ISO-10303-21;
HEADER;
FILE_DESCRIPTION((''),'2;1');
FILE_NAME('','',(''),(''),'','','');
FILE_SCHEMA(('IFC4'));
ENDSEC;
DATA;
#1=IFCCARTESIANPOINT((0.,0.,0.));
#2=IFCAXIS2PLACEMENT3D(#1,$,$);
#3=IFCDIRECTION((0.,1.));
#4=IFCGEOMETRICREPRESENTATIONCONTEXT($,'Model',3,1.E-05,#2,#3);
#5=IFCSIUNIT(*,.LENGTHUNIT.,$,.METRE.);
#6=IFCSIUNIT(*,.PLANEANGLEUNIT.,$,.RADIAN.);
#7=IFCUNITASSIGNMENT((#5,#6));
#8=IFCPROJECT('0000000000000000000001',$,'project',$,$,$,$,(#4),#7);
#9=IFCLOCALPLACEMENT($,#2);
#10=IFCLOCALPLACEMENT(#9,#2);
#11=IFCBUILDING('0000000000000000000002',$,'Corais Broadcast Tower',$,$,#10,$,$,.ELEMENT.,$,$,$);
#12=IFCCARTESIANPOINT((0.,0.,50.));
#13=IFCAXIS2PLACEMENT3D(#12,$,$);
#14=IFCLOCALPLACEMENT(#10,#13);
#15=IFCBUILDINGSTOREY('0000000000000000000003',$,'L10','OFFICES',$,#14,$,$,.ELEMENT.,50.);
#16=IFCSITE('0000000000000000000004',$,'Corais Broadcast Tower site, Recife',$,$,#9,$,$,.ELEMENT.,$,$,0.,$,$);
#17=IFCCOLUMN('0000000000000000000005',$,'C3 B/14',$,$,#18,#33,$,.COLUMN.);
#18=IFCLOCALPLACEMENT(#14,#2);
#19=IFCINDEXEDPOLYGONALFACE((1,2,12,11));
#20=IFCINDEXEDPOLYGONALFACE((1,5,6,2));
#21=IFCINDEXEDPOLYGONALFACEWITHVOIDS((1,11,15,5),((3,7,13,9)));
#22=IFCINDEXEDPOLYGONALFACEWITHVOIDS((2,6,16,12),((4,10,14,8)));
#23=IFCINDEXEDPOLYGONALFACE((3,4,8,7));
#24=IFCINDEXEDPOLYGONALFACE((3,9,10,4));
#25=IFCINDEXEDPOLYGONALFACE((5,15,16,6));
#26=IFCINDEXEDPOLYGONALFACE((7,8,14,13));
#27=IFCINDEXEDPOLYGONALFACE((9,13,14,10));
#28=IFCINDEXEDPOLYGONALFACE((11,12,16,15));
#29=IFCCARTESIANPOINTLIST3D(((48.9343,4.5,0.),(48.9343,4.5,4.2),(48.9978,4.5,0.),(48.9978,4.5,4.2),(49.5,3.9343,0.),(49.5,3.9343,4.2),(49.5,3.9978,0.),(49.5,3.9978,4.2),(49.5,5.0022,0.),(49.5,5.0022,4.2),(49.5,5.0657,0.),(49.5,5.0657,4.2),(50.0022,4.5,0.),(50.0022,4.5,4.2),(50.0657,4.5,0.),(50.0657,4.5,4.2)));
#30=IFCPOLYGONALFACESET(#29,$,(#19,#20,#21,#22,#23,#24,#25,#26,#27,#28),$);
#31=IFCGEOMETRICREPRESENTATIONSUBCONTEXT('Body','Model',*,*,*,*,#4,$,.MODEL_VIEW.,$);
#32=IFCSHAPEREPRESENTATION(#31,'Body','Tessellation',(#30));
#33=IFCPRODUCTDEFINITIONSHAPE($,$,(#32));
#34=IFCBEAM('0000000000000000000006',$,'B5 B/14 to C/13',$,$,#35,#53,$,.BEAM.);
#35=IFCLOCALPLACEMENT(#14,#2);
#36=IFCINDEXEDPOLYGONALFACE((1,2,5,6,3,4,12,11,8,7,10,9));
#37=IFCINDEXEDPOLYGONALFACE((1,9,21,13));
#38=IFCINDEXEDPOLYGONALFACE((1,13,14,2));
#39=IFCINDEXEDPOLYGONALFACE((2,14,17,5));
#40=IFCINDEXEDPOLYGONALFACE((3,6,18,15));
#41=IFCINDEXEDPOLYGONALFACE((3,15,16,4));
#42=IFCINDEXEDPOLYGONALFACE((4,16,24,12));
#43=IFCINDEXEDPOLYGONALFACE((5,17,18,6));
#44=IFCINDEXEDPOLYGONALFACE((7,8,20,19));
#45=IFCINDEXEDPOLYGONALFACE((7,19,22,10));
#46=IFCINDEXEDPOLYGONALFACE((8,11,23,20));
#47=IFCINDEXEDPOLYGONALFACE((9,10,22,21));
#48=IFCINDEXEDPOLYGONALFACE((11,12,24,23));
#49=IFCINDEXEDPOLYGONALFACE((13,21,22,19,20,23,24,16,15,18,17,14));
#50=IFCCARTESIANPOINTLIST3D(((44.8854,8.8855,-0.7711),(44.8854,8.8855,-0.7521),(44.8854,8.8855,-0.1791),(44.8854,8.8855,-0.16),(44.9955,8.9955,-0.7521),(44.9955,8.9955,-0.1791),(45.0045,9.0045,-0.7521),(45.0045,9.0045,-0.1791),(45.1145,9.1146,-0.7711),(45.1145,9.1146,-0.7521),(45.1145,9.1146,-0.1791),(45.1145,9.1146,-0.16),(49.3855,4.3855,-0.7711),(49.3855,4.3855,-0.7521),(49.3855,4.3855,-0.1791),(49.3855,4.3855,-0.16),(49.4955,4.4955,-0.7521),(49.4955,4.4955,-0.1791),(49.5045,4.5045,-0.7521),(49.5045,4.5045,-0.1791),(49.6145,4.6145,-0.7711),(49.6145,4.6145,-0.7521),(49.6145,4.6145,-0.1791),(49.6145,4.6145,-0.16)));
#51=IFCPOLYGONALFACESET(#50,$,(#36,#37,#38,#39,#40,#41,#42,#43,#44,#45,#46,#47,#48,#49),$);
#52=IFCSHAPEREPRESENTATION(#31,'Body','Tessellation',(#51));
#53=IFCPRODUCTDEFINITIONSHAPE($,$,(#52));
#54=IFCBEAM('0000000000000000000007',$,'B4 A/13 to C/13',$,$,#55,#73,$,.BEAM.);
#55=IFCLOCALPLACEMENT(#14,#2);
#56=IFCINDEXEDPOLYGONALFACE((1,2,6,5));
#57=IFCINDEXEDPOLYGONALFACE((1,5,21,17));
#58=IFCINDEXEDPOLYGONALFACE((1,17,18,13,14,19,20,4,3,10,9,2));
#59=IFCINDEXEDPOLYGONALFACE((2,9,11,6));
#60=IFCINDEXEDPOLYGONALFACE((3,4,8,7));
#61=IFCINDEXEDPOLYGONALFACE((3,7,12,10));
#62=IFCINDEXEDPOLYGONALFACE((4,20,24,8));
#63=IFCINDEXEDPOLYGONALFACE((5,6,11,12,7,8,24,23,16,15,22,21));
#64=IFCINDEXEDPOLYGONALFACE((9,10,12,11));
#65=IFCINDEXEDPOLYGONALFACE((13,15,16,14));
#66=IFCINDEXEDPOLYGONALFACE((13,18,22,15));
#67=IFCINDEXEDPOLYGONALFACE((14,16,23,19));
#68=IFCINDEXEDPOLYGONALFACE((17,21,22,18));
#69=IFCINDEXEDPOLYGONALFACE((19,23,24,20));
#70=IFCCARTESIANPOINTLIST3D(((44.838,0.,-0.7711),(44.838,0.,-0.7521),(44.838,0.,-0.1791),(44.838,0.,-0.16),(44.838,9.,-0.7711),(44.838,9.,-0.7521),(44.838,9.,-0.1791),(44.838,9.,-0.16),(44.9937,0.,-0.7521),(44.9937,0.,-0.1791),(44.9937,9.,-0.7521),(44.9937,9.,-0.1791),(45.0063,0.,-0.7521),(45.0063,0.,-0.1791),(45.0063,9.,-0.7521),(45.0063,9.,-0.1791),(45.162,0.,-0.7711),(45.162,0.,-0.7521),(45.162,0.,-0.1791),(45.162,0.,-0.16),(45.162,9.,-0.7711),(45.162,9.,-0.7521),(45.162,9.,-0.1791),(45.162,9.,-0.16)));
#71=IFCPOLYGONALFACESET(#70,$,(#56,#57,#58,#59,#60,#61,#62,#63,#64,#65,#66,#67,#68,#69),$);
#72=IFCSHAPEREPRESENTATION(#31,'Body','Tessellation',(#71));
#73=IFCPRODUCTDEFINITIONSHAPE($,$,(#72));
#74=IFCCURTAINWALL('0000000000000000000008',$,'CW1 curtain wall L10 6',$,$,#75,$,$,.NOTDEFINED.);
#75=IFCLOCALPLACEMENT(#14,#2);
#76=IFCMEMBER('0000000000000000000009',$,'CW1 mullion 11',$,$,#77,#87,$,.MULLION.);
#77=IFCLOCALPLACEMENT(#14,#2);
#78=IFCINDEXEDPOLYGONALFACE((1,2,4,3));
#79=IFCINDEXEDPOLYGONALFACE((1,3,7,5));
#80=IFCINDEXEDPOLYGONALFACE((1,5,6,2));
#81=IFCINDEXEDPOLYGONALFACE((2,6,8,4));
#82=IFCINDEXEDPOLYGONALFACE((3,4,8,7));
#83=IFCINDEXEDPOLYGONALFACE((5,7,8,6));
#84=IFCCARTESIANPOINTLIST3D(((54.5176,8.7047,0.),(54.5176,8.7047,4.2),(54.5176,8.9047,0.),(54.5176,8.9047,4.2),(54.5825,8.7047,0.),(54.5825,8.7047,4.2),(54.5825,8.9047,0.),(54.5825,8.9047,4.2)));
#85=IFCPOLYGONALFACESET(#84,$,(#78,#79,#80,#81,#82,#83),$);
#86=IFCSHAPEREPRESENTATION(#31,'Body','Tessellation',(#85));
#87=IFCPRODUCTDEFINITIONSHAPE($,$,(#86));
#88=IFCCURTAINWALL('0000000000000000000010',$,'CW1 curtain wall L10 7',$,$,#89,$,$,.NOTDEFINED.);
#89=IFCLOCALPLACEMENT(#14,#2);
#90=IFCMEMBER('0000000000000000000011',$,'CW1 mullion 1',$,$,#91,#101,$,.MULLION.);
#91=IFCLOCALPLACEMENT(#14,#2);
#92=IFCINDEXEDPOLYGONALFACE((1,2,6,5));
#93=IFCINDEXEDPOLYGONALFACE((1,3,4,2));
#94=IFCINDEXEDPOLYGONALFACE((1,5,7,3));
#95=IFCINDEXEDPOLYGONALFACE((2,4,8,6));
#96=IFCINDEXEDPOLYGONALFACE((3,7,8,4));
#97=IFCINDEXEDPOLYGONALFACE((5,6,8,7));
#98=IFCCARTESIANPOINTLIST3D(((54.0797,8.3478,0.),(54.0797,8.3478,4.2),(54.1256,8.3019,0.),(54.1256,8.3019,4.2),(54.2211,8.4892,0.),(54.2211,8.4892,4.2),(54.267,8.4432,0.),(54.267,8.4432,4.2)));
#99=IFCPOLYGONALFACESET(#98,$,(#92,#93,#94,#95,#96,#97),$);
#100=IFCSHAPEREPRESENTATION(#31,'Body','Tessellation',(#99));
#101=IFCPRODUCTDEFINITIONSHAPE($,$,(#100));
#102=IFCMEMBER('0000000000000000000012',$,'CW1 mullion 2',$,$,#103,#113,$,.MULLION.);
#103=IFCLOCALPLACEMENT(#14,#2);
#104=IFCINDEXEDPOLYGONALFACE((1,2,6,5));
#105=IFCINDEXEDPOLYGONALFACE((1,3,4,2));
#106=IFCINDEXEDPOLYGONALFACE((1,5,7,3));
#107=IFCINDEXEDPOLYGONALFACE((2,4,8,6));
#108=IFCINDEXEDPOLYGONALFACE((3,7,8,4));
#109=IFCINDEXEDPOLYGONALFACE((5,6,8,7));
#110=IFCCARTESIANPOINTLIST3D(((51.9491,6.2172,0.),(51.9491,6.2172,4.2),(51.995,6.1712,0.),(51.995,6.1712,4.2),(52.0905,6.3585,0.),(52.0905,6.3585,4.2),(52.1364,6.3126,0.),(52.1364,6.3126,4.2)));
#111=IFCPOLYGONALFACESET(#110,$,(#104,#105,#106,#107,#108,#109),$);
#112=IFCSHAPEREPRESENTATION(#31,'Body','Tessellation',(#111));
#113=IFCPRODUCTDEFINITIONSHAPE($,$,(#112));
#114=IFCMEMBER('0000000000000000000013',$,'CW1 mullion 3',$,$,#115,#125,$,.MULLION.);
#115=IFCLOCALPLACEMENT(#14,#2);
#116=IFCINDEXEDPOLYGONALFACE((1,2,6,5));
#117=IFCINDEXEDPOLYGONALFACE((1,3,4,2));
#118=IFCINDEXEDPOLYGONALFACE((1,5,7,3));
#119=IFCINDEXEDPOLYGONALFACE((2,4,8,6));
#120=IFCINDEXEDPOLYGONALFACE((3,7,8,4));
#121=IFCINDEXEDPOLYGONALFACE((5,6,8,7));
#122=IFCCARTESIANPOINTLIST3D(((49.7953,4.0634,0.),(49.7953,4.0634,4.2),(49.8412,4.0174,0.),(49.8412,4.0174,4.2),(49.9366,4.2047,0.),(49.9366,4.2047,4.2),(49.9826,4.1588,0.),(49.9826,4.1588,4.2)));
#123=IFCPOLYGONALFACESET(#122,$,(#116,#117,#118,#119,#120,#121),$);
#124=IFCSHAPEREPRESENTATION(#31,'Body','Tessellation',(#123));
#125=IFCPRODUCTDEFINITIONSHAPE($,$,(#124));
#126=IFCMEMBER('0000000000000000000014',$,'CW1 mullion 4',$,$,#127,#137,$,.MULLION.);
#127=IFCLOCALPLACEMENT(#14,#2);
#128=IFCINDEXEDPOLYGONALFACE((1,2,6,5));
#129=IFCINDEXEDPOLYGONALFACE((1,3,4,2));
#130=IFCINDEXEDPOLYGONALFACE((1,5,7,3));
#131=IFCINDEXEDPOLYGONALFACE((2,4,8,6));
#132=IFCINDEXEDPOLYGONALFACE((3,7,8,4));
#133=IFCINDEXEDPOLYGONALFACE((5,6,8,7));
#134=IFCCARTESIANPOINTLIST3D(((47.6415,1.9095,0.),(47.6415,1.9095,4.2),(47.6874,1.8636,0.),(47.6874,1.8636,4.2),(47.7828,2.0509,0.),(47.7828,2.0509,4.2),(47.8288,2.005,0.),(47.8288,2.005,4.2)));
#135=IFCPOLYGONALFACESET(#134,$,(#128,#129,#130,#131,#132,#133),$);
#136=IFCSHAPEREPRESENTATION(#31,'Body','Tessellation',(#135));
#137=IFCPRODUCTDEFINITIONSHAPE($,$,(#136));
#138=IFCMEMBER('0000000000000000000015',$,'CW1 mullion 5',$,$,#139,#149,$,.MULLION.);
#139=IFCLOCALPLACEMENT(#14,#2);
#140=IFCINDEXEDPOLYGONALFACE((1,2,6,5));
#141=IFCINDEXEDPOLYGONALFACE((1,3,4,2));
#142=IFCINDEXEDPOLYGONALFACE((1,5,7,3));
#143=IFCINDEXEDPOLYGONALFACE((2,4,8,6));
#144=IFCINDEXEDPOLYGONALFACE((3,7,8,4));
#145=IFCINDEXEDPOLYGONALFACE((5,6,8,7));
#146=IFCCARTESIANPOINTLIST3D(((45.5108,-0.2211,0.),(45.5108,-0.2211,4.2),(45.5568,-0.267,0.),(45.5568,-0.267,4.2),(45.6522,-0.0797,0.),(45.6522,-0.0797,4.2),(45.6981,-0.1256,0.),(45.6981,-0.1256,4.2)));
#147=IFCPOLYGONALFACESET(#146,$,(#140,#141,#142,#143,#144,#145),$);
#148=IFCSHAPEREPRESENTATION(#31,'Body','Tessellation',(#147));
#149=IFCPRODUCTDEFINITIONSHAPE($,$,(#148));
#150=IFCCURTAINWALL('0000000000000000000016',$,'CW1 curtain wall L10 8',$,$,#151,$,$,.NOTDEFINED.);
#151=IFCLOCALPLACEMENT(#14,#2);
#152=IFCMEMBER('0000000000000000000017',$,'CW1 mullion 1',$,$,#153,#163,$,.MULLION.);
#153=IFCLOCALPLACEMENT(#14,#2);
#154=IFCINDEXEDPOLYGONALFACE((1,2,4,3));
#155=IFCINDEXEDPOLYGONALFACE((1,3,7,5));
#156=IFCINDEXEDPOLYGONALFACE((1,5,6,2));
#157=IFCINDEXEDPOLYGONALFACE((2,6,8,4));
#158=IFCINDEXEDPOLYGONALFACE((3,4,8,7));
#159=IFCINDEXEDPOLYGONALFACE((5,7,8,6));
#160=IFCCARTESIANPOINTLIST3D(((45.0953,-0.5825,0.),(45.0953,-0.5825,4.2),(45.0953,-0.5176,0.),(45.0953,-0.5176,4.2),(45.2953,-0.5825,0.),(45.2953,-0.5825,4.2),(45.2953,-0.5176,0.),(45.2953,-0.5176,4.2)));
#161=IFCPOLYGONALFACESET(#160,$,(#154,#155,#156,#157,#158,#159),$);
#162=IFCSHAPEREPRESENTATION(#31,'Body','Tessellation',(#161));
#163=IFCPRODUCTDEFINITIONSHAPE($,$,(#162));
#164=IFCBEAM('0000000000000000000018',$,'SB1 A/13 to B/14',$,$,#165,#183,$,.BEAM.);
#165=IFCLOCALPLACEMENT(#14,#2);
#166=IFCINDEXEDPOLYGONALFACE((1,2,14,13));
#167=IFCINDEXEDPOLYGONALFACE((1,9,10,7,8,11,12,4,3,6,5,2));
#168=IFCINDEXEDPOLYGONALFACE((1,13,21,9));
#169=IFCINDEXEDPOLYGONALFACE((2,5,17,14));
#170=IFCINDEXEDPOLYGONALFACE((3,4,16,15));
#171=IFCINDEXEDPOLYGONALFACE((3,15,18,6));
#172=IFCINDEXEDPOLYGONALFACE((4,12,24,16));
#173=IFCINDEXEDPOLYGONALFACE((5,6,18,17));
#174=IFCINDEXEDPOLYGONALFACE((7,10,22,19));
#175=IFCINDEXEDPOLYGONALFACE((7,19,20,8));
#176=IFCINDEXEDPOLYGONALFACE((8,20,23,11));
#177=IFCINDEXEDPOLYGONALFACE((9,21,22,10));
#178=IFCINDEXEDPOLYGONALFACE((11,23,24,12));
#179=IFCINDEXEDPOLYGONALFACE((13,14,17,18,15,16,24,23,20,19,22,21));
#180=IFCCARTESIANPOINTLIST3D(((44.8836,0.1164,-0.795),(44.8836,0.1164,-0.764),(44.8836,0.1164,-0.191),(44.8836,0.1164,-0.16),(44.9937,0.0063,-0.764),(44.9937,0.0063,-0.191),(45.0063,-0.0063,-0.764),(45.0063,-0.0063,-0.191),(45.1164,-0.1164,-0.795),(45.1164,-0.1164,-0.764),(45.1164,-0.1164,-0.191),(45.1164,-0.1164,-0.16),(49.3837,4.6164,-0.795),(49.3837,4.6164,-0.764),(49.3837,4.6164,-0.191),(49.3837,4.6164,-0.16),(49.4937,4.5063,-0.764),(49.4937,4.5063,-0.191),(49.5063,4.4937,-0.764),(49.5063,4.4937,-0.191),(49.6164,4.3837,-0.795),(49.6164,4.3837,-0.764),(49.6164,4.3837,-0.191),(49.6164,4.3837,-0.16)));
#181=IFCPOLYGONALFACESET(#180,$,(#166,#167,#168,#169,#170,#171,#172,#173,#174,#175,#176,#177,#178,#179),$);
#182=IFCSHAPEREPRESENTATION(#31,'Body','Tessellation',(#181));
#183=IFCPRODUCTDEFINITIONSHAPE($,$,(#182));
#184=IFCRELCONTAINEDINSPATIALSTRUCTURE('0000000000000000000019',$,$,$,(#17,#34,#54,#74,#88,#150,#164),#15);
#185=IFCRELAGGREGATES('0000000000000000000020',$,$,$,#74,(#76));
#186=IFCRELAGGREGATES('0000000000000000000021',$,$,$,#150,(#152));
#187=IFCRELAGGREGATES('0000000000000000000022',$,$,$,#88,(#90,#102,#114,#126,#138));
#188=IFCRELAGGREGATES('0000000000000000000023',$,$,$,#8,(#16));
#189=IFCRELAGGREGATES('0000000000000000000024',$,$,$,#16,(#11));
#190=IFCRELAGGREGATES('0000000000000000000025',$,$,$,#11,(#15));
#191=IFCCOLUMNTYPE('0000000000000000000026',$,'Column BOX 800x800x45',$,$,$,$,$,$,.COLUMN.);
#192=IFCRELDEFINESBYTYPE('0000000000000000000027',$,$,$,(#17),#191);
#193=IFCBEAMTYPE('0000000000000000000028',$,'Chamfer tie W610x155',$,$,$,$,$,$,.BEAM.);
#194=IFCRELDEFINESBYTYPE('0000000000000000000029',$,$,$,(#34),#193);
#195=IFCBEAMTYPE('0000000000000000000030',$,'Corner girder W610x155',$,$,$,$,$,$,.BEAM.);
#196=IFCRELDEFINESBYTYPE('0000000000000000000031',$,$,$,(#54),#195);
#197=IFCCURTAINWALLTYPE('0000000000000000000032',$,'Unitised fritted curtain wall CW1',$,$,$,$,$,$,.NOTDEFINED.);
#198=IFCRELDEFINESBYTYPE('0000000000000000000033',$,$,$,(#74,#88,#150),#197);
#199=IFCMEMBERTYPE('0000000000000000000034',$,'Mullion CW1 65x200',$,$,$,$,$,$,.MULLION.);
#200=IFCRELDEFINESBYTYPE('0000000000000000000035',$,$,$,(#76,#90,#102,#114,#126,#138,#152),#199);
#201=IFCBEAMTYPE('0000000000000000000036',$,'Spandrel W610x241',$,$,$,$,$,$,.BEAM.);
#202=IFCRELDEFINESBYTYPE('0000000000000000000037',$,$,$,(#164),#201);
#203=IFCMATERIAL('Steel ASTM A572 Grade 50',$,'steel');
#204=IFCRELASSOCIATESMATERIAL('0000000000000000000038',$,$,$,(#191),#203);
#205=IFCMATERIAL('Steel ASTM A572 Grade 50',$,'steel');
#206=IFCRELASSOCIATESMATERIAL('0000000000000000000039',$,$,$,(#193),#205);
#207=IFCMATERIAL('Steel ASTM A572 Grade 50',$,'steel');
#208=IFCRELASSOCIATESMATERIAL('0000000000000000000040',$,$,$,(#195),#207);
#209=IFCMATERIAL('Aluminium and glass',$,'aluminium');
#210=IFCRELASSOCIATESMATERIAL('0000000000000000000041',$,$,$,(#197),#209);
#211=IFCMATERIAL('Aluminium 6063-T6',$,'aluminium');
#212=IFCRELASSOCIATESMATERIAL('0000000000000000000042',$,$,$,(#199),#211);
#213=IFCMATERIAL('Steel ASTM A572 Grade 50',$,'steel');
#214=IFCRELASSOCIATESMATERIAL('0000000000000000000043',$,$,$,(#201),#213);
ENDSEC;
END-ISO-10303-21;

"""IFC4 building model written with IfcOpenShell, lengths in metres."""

from ifc_helpers import new_model, si_unit, direction, frame, origin, origin_2d, place, context, subcontext, project, spatial, rectangle, hollow_rectangle, i_section, extrude, material, material_profile, profile_set, type_object, element, aggregate, save


model = new_model("IFC4")

# Units and contexts
model_context = context("Model", 3, precision=1e-05, world=origin(), true_north=direction((0.0, 1.0)))
body_context = subcontext(model_context, "Body", "Model", "MODEL_VIEW")
ifc_project = project(units=[si_unit("LENGTHUNIT", "METRE"), si_unit("PLANEANGLEUNIT", "RADIAN")], contexts=[model_context])

# Site, building, storey
site_placement = place(None, origin())
site = spatial("IfcSite", under=ifc_project, at=site_placement, Name="Corais Broadcast Tower site, Recife", CompositionType="ELEMENT", RefElevation=0.0)
building_placement = place(site_placement, origin())
building = spatial("IfcBuilding", under=site, at=building_placement, Name="Corais Broadcast Tower", CompositionType="ELEMENT")
storey_placement = place(building_placement, frame((0.0, 0.0, 50.0)))
storey = spatial("IfcBuildingStorey", under=building, at=storey_placement, Name="L10", Description="OFFICES", CompositionType="ELEMENT", Elevation=50.0)

# Column
ifc_material_1 = material(Name="Steel ASTM A572 Grade 50", Category="steel")
ifc_material_profile_1 = material_profile(ifc_material_1, hollow_rectangle(XDim=0.8, YDim=0.8, WallThickness=0.0449, at=origin_2d()), Name="BOX 800x800x45")
ifc_profile_set_1 = profile_set([ifc_material_profile_1], Name="Steel ASTM A572 Grade 50")
column_type = type_object("IfcColumnType", Name="Column BOX 800x800x45", PredefinedType="COLUMN", material=ifc_profile_set_1)
column_placement = place(storey_placement, frame((49.5, 4.5, 0.0), z_axis=(0.0, 0.0, 1.0), x_axis=(0.707107, 0.707107, 0.0)))
element("IfcColumn", 1, at=column_placement, inside=storey, type_object=column_type, Name="C3 B/14", PredefinedType="COLUMN", context=body_context, shape_type="SweptSolid", body=[
    extrude(hollow_rectangle(XDim=0.8, YDim=0.8, WallThickness=0.0449, at=origin_2d()), origin(), (0.0, 0.0, 1.0), 4.2),
])

# Beams
ifc_material_2 = material(Name="Steel ASTM A572 Grade 50", Category="steel")
ifc_material_profile_2 = material_profile(ifc_material_2, i_section(OverallWidth=0.324, OverallDepth=0.6111, WebThickness=0.0127, FlangeThickness=0.019, at=origin_2d()), Name="W610x155")
ifc_profile_set_2 = profile_set([ifc_material_profile_2], Name="Steel ASTM A572 Grade 50")
beam_type_1 = type_object("IfcBeamType", Name="Chamfer tie W610x155", PredefinedType="BEAM", material=ifc_profile_set_2)
beam_1_placement = place(storey_placement, frame((49.5, 4.5, -0.4656), z_axis=(-0.707107, 0.707107, 0.0), x_axis=(-0.707107, -0.707107, 0.0)))
element("IfcBeam", 2, at=beam_1_placement, inside=storey, type_object=beam_type_1, Name="B5 B/14 to C/13", PredefinedType="BEAM", context=body_context, shape_type="SweptSolid", body=[
    extrude(i_section(OverallWidth=0.324, OverallDepth=0.6111, WebThickness=0.0127, FlangeThickness=0.019, at=origin_2d()), origin(), (0.0, 0.0, 1.0), 6.364),
])
ifc_material_3 = material(Name="Steel ASTM A572 Grade 50", Category="steel")
ifc_material_profile_3 = material_profile(ifc_material_3, i_section(OverallWidth=0.324, OverallDepth=0.6111, WebThickness=0.0127, FlangeThickness=0.019, at=origin_2d()), Name="W610x155")
ifc_profile_set_3 = profile_set([ifc_material_profile_3], Name="Steel ASTM A572 Grade 50")
beam_type_2 = type_object("IfcBeamType", Name="Corner girder W610x155", PredefinedType="BEAM", material=ifc_profile_set_3)
beam_2_placement = place(storey_placement, frame((45.0, 0.0, -0.4656), z_axis=(0.0, 1.0, 0.0), x_axis=(-1.0, 0.0, 0.0)))
element("IfcBeam", 3, at=beam_2_placement, inside=storey, type_object=beam_type_2, Name="B4 A/13 to C/13", PredefinedType="BEAM", context=body_context, shape_type="SweptSolid", body=[
    extrude(i_section(OverallWidth=0.324, OverallDepth=0.6111, WebThickness=0.0127, FlangeThickness=0.019, at=origin_2d()), origin(), (0.0, 0.0, 1.0), 9.0),
])

# Curtain wall, member
ifc_material_4 = material(Name="Aluminium and glass", Category="aluminium")
curtain_wall_type = type_object("IfcCurtainWallType", Name="Unitised fritted curtain wall CW1", PredefinedType="NOTDEFINED", material=ifc_material_4)
curtain_wall_1_placement = place(storey_placement, origin())
curtain_wall_1 = element("IfcCurtainWall", 4, at=curtain_wall_1_placement, inside=storey, type_object=curtain_wall_type, Name="CW1 curtain wall L10 6", PredefinedType="NOTDEFINED")
ifc_material_5 = material(Name="Aluminium 6063-T6", Category="aluminium")
ifc_material_profile_4 = material_profile(ifc_material_5, rectangle(XDim=0.0649, YDim=0.2, at=origin_2d()), Name="Mullion CW1 65x200")
ifc_profile_set_4 = profile_set([ifc_material_profile_4], Name="Aluminium 6063-T6")
member_type_1 = type_object("IfcMemberType", Name="Mullion CW1 65x200", PredefinedType="MULLION", material=ifc_profile_set_4)
member_1_placement = place(storey_placement, frame((54.55, 8.8047, 0.0), z_axis=(0.0, 0.0, 1.0), x_axis=(1.0, 0.0, 0.0)))
member_1 = element("IfcMember", 5, at=member_1_placement, type_object=member_type_1, Name="CW1 mullion 11", PredefinedType="MULLION", context=body_context, shape_type="SweptSolid", body=[
    extrude(rectangle(XDim=0.0649, YDim=0.2, at=origin_2d()), origin(), (0.0, 0.0, 1.0), 4.2),
])
aggregate(curtain_wall_1, [member_1])

# Curtain wall, members
curtain_wall_2_placement = place(storey_placement, origin())
curtain_wall_2 = element("IfcCurtainWall", 6, at=curtain_wall_2_placement, inside=storey, type_object=curtain_wall_type, Name="CW1 curtain wall L10 7", PredefinedType="NOTDEFINED")
member_2_placement = place(storey_placement, frame((54.1733, 8.3955, 0.0), z_axis=(0.0, 0.0, 1.0), x_axis=(0.707107, -0.707107, 0.0)))
member_2 = element("IfcMember", 7, at=member_2_placement, type_object=member_type_1, Name="CW1 mullion 1", PredefinedType="MULLION", context=body_context, shape_type="SweptSolid", body=[
    extrude(rectangle(XDim=0.0649, YDim=0.2, at=origin_2d()), origin(), (0.0, 0.0, 1.0), 4.2),
])
member_3_placement = place(storey_placement, frame((52.0427, 6.2649, 0.0), z_axis=(0.0, 0.0, 1.0), x_axis=(0.707107, -0.707107, 0.0)))
member_3 = element("IfcMember", 8, at=member_3_placement, type_object=member_type_1, Name="CW1 mullion 2", PredefinedType="MULLION", context=body_context, shape_type="SweptSolid", body=[
    extrude(rectangle(XDim=0.0649, YDim=0.2, at=origin_2d()), origin(), (0.0, 0.0, 1.0), 4.2),
])
member_4_placement = place(storey_placement, frame((49.8889, 4.1111, 0.0), z_axis=(0.0, 0.0, 1.0), x_axis=(0.707107, -0.707107, 0.0)))
member_4 = element("IfcMember", 9, at=member_4_placement, type_object=member_type_1, Name="CW1 mullion 3", PredefinedType="MULLION", context=body_context, shape_type="SweptSolid", body=[
    extrude(rectangle(XDim=0.0649, YDim=0.2, at=origin_2d()), origin(), (0.0, 0.0, 1.0), 4.2),
])
member_5_placement = place(storey_placement, frame((47.7351, 1.9573, 0.0), z_axis=(0.0, 0.0, 1.0), x_axis=(0.707107, -0.707107, 0.0)))
member_5 = element("IfcMember", 10, at=member_5_placement, type_object=member_type_1, Name="CW1 mullion 4", PredefinedType="MULLION", context=body_context, shape_type="SweptSolid", body=[
    extrude(rectangle(XDim=0.0649, YDim=0.2, at=origin_2d()), origin(), (0.0, 0.0, 1.0), 4.2),
])
member_6_placement = place(storey_placement, frame((45.6045, -0.1733, 0.0), z_axis=(0.0, 0.0, 1.0), x_axis=(0.707107, -0.707107, 0.0)))
member_6 = element("IfcMember", 11, at=member_6_placement, type_object=member_type_1, Name="CW1 mullion 5", PredefinedType="MULLION", context=body_context, shape_type="SweptSolid", body=[
    extrude(rectangle(XDim=0.0649, YDim=0.2, at=origin_2d()), origin(), (0.0, 0.0, 1.0), 4.2),
])

# Curtain wall, member
curtain_wall_3_placement = place(storey_placement, origin())
curtain_wall_3 = element("IfcCurtainWall", 12, at=curtain_wall_3_placement, inside=storey, type_object=curtain_wall_type, Name="CW1 curtain wall L10 8", PredefinedType="NOTDEFINED")
member_7_placement = place(storey_placement, frame((45.1953, -0.55, 0.0), z_axis=(0.0, 0.0, 1.0), x_axis=(0.0, -1.0, 0.0)))
member_7 = element("IfcMember", 13, at=member_7_placement, type_object=member_type_1, Name="CW1 mullion 1", PredefinedType="MULLION", context=body_context, shape_type="SweptSolid", body=[
    extrude(rectangle(XDim=0.0649, YDim=0.2, at=origin_2d()), origin(), (0.0, 0.0, 1.0), 4.2),
])

# Beam
ifc_material_6 = material(Name="Steel ASTM A572 Grade 50", Category="steel")
ifc_material_profile_5 = material_profile(ifc_material_6, i_section(OverallWidth=0.3291, OverallDepth=0.635, WebThickness=0.0178, FlangeThickness=0.031, at=origin_2d()), Name="W610x241")
ifc_profile_set_5 = profile_set([ifc_material_profile_5], Name="Steel ASTM A572 Grade 50")
beam_type_3 = type_object("IfcBeamType", Name="Spandrel W610x241", PredefinedType="BEAM", material=ifc_profile_set_5)
for number, where, z_axis, x_axis, name in (
    (14, (45.0, 0.0, -0.4775), (0.707107, 0.707107, 0.0), (-0.707107, 0.707107, 0.0), "SB1 A/13 to B/14"),
):
    element("IfcBeam", number, at=place(storey_placement, frame(where, z_axis=z_axis, x_axis=x_axis)), inside=storey, type_object=beam_type_3, Name=name, PredefinedType="BEAM", context=body_context, shape_type="SweptSolid", body=[
        extrude(i_section(OverallWidth=0.3291, OverallDepth=0.635, WebThickness=0.0178, FlangeThickness=0.031, at=origin_2d()), origin(), (0.0, 0.0, 1.0), 6.364),
    ])

aggregate(curtain_wall_3, [member_7])

aggregate(curtain_wall_2, [member_2, member_3, member_4, member_5, member_6])

save(model, "model.ifc")
